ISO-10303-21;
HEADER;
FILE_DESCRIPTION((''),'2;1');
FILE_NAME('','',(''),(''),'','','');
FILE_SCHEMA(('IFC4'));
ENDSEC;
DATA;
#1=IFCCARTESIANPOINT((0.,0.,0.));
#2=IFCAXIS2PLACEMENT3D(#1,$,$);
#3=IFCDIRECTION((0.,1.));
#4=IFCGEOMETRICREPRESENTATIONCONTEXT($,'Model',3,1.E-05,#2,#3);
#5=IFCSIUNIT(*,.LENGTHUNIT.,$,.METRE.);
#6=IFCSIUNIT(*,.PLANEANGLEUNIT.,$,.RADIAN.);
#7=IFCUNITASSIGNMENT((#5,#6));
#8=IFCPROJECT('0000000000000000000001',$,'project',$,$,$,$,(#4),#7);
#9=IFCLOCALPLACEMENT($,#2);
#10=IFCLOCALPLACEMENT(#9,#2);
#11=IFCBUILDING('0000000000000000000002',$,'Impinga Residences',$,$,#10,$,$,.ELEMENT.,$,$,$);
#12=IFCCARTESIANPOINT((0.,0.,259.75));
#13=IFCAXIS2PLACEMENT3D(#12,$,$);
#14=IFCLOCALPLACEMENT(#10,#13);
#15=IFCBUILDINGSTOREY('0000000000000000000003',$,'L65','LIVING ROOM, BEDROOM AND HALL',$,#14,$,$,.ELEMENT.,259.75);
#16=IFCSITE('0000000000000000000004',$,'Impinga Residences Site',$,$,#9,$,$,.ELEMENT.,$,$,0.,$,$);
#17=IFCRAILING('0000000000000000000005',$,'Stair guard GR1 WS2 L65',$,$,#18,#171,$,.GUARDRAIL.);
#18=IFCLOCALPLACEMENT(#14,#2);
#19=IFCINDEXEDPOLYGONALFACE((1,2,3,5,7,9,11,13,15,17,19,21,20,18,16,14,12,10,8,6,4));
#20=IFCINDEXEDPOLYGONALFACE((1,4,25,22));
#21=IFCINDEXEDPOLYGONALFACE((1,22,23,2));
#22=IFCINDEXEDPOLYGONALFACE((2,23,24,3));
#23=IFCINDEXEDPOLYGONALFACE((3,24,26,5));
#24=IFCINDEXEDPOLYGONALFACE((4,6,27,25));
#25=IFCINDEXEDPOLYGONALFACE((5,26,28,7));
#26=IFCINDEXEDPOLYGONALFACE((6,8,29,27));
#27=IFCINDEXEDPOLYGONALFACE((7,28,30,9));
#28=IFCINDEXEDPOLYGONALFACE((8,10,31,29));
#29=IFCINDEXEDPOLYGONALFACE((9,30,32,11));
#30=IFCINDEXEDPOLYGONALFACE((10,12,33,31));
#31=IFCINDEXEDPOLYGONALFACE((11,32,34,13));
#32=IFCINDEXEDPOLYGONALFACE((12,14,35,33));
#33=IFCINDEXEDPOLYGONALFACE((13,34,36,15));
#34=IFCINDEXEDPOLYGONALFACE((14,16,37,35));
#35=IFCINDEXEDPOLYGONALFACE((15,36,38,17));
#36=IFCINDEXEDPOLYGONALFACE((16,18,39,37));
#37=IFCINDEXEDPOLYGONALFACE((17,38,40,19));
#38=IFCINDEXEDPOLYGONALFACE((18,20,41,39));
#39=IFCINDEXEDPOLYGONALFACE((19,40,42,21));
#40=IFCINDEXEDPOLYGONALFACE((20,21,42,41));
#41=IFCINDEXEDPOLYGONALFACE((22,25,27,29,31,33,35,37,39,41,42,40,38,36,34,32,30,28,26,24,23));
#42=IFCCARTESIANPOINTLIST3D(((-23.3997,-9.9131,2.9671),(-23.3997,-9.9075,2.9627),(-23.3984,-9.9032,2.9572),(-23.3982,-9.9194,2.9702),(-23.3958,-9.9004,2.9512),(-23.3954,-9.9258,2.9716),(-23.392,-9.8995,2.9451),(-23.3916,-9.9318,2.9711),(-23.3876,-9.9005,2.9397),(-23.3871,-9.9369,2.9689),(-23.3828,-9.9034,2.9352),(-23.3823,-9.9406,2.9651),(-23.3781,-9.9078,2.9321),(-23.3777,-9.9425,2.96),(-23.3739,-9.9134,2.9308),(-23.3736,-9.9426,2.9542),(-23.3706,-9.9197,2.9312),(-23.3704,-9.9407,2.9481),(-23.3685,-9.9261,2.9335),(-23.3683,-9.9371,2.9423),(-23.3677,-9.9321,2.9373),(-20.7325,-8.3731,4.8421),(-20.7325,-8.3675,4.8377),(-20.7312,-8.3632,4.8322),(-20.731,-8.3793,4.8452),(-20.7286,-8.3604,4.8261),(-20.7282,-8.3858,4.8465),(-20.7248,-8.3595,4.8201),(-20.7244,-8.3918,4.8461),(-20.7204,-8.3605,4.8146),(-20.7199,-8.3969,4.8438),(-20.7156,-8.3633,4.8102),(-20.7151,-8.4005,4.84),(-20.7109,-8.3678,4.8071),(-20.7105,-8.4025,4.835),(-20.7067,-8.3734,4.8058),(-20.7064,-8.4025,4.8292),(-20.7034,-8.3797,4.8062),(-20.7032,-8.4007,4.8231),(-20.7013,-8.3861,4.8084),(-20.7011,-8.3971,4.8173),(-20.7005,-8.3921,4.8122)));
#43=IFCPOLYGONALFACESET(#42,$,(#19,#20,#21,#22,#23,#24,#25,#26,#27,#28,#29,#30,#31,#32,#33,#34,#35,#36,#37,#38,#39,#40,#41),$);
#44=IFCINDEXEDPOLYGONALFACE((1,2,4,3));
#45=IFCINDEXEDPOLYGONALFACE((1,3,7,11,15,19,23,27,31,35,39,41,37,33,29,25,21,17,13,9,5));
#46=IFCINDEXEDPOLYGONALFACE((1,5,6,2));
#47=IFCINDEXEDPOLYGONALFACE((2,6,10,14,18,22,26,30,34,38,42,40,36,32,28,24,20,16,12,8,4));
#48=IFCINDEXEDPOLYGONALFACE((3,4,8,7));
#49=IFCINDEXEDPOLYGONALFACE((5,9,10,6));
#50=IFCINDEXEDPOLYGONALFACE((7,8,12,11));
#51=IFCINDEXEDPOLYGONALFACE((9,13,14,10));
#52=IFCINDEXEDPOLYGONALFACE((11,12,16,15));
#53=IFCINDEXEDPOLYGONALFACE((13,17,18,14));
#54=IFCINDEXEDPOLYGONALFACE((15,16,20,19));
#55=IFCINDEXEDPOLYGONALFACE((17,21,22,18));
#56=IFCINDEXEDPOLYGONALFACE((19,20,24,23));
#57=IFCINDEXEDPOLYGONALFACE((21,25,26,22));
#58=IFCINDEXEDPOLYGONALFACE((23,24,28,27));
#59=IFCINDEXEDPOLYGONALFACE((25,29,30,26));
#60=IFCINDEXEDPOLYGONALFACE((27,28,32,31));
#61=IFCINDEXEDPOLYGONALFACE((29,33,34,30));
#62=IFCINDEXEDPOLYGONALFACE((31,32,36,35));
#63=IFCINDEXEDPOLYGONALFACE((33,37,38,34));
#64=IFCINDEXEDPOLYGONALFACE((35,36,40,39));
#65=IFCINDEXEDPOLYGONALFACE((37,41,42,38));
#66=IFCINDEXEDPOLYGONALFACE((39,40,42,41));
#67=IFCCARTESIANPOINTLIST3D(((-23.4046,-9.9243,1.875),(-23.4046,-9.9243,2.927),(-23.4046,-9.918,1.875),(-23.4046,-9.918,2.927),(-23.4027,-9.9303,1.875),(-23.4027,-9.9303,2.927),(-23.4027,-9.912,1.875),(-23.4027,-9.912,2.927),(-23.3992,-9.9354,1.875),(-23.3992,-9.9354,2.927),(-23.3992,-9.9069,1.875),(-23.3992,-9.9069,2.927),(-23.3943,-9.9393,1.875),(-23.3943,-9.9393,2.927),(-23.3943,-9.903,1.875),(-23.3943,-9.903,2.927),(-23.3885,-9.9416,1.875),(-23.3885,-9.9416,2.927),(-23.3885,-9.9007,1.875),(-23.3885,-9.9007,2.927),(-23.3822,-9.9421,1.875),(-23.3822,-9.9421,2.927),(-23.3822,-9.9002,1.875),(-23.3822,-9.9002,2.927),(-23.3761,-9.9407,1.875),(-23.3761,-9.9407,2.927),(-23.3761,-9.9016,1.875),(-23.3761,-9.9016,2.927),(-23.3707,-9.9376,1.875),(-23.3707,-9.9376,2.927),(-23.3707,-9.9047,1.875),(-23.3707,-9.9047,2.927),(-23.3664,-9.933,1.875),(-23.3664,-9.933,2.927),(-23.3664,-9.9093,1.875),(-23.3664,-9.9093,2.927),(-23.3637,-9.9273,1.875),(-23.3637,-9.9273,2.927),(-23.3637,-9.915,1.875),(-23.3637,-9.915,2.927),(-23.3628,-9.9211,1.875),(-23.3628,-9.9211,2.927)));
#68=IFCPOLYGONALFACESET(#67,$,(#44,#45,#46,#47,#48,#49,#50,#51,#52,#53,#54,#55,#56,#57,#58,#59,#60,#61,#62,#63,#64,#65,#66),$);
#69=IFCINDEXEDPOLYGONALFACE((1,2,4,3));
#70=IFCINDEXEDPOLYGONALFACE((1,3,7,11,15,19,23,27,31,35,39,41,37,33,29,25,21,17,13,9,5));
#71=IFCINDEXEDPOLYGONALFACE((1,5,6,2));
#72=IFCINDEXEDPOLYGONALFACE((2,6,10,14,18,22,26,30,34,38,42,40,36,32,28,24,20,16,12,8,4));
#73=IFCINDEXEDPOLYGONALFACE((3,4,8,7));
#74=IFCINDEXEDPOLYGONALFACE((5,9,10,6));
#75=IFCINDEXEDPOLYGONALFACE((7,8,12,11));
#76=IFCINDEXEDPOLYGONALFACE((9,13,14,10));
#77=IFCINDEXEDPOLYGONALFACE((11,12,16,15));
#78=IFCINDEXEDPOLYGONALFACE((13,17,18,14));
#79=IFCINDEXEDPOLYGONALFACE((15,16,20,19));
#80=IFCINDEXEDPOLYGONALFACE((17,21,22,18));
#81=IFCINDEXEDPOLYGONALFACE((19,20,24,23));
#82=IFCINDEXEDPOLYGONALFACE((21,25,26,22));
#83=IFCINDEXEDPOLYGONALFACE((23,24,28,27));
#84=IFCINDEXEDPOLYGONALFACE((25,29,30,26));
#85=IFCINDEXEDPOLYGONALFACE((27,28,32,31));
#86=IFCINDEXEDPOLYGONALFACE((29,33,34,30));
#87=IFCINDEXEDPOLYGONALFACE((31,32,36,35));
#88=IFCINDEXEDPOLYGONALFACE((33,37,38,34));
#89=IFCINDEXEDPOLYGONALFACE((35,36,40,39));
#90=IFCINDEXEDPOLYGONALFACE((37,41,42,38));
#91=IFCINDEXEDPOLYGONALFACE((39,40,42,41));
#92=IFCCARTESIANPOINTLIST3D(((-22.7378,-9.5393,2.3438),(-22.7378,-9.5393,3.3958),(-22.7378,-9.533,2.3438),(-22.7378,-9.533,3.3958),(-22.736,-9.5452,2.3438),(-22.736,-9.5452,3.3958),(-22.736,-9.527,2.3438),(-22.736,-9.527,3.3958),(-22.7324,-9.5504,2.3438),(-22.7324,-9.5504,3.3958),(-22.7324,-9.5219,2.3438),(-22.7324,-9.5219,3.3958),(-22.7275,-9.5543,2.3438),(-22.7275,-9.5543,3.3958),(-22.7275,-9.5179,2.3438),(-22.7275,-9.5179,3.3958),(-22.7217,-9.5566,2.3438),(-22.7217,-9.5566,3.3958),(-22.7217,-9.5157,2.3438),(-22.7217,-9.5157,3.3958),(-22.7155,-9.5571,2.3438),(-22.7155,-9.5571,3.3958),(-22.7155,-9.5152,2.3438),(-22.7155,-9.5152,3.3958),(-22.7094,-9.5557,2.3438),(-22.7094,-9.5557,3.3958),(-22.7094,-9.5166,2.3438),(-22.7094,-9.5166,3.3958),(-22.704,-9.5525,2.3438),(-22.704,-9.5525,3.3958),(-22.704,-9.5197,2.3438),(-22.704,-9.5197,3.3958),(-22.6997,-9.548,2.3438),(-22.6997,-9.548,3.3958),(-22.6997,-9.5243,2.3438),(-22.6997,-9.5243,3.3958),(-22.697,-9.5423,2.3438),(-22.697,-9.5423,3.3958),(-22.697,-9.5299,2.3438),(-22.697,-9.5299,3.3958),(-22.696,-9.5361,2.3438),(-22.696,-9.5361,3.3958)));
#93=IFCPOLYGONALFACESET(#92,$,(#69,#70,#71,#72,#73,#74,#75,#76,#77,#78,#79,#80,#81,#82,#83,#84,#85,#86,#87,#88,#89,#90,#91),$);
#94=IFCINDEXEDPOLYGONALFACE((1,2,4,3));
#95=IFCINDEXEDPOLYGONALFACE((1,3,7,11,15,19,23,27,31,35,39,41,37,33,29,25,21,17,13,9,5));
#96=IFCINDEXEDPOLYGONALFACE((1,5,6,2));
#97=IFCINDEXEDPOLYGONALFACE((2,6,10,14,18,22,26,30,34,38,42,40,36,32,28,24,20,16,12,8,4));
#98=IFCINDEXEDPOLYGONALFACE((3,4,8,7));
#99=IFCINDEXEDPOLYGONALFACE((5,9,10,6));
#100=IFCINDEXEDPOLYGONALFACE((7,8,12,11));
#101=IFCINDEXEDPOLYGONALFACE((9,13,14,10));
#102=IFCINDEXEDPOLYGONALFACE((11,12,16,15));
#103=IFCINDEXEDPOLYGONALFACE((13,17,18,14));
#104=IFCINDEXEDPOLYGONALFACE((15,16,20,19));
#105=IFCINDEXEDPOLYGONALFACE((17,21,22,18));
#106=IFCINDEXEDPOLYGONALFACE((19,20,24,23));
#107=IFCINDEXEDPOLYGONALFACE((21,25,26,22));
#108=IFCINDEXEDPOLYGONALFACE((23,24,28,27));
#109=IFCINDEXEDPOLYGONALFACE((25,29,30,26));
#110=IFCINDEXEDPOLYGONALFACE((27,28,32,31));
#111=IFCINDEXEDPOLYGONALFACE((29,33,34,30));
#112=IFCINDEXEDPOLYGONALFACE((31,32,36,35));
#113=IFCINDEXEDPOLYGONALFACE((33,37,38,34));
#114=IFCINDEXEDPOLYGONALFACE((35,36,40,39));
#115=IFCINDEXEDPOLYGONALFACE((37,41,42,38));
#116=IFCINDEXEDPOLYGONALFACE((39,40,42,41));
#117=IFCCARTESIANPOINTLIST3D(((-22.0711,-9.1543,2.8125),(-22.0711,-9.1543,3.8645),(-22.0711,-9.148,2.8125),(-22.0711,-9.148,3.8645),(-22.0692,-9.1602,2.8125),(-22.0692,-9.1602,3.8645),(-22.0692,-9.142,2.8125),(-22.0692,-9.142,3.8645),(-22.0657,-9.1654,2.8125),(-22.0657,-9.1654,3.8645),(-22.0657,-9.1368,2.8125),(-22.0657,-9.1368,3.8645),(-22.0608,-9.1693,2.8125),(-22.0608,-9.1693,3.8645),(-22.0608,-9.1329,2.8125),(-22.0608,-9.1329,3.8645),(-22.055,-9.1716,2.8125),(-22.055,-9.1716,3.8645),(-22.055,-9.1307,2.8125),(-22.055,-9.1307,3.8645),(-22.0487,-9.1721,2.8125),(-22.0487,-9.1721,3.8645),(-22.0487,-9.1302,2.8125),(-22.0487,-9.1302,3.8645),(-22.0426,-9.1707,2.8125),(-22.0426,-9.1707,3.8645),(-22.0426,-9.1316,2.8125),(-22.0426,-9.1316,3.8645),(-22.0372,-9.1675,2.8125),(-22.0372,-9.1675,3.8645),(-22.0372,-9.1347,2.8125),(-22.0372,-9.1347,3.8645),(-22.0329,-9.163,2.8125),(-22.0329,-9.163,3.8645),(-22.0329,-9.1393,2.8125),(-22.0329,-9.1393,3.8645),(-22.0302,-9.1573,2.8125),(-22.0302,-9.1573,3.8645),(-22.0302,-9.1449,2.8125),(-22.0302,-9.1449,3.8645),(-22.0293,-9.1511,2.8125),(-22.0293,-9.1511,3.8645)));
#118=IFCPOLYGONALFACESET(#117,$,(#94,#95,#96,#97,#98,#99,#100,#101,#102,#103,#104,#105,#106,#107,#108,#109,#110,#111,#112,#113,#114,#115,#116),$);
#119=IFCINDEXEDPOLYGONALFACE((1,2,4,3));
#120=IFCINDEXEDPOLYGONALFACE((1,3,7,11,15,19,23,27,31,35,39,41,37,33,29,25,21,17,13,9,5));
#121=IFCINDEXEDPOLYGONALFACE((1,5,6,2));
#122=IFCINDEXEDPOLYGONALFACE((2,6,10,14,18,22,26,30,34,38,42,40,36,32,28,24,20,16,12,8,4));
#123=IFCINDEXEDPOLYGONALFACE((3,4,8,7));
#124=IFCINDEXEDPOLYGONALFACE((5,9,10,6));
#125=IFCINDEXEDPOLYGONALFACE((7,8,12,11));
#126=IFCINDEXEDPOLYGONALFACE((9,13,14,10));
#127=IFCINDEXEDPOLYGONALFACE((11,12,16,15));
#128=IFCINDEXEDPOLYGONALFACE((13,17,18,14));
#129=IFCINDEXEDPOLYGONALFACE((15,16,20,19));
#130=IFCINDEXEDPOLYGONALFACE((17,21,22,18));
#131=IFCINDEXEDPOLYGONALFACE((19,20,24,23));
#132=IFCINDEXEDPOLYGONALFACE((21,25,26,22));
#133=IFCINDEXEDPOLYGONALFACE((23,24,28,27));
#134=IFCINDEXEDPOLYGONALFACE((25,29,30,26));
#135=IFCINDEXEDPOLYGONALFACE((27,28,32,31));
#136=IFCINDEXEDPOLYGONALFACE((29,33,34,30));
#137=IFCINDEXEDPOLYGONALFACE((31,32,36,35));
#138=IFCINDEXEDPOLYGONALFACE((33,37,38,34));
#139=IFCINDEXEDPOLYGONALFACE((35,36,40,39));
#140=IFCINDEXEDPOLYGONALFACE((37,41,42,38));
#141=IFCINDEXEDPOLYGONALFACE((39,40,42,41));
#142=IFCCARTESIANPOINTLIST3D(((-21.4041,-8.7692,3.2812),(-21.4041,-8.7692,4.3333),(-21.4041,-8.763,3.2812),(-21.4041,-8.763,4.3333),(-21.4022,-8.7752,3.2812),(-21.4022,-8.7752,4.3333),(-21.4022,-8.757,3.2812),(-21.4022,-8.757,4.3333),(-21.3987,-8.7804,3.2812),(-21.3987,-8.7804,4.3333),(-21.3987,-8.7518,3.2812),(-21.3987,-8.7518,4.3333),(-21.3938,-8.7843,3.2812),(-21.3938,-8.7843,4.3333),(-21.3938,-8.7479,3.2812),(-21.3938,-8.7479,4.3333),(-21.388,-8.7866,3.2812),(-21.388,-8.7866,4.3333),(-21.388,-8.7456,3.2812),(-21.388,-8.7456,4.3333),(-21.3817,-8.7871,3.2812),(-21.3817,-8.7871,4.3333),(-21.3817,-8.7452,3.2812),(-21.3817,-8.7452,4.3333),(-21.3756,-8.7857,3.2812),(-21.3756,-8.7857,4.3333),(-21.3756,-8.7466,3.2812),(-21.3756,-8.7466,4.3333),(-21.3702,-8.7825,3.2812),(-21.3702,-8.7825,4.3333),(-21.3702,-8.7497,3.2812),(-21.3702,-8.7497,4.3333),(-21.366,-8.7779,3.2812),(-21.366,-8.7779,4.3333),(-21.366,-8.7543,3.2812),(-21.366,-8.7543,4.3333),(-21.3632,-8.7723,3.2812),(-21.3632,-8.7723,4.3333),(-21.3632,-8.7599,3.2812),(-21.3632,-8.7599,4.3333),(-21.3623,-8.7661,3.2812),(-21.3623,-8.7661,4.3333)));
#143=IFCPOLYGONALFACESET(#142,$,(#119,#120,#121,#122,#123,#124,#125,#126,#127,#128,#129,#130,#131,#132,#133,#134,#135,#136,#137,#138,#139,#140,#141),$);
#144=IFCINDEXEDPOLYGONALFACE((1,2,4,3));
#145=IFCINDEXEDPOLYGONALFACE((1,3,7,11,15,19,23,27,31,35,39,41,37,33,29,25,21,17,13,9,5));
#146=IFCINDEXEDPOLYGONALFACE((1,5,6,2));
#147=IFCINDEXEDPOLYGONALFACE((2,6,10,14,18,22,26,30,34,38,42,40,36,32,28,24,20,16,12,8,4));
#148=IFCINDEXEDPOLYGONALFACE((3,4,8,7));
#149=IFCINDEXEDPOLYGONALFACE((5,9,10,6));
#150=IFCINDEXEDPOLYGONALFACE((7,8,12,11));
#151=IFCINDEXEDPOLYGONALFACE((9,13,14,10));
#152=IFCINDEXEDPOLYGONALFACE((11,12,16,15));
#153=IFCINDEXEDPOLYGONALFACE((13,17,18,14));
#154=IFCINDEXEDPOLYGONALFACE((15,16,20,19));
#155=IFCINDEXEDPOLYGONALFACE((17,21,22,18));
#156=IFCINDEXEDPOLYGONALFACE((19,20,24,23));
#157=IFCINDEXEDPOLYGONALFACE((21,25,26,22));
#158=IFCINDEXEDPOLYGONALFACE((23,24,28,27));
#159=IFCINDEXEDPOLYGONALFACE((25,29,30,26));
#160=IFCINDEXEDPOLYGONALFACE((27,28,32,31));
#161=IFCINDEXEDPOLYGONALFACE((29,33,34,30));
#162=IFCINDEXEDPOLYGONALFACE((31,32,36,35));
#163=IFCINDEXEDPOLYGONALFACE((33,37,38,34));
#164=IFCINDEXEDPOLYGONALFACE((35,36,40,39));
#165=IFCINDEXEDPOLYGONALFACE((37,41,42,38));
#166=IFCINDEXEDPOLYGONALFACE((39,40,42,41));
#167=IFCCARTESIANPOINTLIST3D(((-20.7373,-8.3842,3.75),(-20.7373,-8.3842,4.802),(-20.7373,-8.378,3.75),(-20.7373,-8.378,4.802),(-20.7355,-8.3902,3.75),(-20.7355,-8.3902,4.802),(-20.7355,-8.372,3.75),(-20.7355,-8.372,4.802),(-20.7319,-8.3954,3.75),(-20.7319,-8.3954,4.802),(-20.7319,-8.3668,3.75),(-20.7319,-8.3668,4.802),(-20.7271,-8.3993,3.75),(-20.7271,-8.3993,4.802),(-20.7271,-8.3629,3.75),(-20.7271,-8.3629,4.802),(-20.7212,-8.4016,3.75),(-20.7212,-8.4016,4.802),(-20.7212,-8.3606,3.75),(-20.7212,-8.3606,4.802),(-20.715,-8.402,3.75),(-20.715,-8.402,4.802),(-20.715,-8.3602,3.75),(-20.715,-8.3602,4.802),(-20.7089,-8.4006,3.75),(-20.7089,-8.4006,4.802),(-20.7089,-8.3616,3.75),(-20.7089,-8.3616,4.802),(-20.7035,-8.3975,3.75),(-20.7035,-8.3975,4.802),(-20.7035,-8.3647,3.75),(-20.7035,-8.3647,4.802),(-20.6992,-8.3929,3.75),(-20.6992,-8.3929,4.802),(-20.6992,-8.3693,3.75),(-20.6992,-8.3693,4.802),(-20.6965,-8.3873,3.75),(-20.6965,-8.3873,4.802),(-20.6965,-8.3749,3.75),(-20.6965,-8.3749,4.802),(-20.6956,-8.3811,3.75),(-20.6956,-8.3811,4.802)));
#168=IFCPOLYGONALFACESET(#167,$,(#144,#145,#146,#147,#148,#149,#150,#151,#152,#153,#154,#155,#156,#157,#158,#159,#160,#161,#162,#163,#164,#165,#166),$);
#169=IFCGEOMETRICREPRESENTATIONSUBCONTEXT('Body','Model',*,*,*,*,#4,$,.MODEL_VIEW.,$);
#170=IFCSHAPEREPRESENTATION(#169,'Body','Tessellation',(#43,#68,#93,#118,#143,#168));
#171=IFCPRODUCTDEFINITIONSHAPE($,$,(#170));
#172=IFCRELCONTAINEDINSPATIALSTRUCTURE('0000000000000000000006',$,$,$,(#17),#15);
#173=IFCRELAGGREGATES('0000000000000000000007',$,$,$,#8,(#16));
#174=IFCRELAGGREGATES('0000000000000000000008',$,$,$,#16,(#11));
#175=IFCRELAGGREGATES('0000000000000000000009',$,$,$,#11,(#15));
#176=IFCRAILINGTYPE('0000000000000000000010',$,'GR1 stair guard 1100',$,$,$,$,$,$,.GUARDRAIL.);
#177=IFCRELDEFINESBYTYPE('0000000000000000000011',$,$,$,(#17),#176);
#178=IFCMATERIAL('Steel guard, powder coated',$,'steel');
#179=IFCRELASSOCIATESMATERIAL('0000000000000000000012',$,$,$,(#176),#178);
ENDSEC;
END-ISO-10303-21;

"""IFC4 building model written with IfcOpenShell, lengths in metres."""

from ifc_helpers import new_model, si_unit, direction, frame, origin, origin_2d, place, context, subcontext, project, spatial, circle, extrude, material, type_object, element, save


model = new_model("IFC4")

# Units and contexts
model_context = context("Model", 3, precision=1e-05, world=origin(), true_north=direction((0.0, 1.0)))
body_context = subcontext(model_context, "Body", "Model", "MODEL_VIEW")
ifc_project = project(units=[si_unit("LENGTHUNIT", "METRE"), si_unit("PLANEANGLEUNIT", "RADIAN")], contexts=[model_context])

# Site, building, storey
site_placement = place(None, origin())
site = spatial("IfcSite", under=ifc_project, at=site_placement, Name="Impinga Residences Site", CompositionType="ELEMENT", RefElevation=0.0)
building_placement = place(site_placement, origin())
building = spatial("IfcBuilding", under=site, at=building_placement, Name="Impinga Residences", CompositionType="ELEMENT")
storey_placement = place(building_placement, frame((0.0, 0.0, 259.75)))
storey = spatial("IfcBuildingStorey", under=building, at=storey_placement, Name="L65", Description="LIVING ROOM, BEDROOM AND HALL", CompositionType="ELEMENT", Elevation=259.75)

# Railing
ifc_material_1 = material(Name="Steel guard, powder coated", Category="steel")
railing_type_1 = type_object("IfcRailingType", Name="GR1 stair guard 1100", PredefinedType="GUARDRAIL", material=ifc_material_1)
railing_1_placement = place(storey_placement, frame((-23.3838, -9.9211, 1.875)))
element("IfcRailing", 1, at=railing_1_placement, inside=storey, type_object=railing_type_1, Name="Stair guard GR1 WS2 L65", PredefinedType="GUARDRAIL", context=body_context, shape_type="SweptSolid", body=[
    extrude(circle(Radius=0.0239, at=origin_2d()), frame((0.0, 0.0, 1.0762), z_axis=(0.739716, 0.427105, 0.520002), x_axis=(-0.500027, 0.86601, 0.0)), (0.0, 0.0, 1.0), 3.6057),
    extrude(circle(Radius=0.021, at=origin_2d()), origin(), (0.0, 0.0, 1.0), 1.052),
    extrude(circle(Radius=0.021, at=origin_2d()), frame((0.6667, 0.385, 0.4688)), (0.0, 0.0, 1.0), 1.052),
    extrude(circle(Radius=0.021, at=origin_2d()), frame((1.3335, 0.77, 0.9375)), (0.0, 0.0, 1.0), 1.052),
    extrude(circle(Radius=0.021, at=origin_2d()), frame((2.0005, 1.155, 1.4062)), (0.0, 0.0, 1.0), 1.052),
    extrude(circle(Radius=0.021, at=origin_2d()), frame((2.6672, 1.54, 1.875)), (0.0, 0.0, 1.0), 1.052),
])

save(model, "model.ifc")
